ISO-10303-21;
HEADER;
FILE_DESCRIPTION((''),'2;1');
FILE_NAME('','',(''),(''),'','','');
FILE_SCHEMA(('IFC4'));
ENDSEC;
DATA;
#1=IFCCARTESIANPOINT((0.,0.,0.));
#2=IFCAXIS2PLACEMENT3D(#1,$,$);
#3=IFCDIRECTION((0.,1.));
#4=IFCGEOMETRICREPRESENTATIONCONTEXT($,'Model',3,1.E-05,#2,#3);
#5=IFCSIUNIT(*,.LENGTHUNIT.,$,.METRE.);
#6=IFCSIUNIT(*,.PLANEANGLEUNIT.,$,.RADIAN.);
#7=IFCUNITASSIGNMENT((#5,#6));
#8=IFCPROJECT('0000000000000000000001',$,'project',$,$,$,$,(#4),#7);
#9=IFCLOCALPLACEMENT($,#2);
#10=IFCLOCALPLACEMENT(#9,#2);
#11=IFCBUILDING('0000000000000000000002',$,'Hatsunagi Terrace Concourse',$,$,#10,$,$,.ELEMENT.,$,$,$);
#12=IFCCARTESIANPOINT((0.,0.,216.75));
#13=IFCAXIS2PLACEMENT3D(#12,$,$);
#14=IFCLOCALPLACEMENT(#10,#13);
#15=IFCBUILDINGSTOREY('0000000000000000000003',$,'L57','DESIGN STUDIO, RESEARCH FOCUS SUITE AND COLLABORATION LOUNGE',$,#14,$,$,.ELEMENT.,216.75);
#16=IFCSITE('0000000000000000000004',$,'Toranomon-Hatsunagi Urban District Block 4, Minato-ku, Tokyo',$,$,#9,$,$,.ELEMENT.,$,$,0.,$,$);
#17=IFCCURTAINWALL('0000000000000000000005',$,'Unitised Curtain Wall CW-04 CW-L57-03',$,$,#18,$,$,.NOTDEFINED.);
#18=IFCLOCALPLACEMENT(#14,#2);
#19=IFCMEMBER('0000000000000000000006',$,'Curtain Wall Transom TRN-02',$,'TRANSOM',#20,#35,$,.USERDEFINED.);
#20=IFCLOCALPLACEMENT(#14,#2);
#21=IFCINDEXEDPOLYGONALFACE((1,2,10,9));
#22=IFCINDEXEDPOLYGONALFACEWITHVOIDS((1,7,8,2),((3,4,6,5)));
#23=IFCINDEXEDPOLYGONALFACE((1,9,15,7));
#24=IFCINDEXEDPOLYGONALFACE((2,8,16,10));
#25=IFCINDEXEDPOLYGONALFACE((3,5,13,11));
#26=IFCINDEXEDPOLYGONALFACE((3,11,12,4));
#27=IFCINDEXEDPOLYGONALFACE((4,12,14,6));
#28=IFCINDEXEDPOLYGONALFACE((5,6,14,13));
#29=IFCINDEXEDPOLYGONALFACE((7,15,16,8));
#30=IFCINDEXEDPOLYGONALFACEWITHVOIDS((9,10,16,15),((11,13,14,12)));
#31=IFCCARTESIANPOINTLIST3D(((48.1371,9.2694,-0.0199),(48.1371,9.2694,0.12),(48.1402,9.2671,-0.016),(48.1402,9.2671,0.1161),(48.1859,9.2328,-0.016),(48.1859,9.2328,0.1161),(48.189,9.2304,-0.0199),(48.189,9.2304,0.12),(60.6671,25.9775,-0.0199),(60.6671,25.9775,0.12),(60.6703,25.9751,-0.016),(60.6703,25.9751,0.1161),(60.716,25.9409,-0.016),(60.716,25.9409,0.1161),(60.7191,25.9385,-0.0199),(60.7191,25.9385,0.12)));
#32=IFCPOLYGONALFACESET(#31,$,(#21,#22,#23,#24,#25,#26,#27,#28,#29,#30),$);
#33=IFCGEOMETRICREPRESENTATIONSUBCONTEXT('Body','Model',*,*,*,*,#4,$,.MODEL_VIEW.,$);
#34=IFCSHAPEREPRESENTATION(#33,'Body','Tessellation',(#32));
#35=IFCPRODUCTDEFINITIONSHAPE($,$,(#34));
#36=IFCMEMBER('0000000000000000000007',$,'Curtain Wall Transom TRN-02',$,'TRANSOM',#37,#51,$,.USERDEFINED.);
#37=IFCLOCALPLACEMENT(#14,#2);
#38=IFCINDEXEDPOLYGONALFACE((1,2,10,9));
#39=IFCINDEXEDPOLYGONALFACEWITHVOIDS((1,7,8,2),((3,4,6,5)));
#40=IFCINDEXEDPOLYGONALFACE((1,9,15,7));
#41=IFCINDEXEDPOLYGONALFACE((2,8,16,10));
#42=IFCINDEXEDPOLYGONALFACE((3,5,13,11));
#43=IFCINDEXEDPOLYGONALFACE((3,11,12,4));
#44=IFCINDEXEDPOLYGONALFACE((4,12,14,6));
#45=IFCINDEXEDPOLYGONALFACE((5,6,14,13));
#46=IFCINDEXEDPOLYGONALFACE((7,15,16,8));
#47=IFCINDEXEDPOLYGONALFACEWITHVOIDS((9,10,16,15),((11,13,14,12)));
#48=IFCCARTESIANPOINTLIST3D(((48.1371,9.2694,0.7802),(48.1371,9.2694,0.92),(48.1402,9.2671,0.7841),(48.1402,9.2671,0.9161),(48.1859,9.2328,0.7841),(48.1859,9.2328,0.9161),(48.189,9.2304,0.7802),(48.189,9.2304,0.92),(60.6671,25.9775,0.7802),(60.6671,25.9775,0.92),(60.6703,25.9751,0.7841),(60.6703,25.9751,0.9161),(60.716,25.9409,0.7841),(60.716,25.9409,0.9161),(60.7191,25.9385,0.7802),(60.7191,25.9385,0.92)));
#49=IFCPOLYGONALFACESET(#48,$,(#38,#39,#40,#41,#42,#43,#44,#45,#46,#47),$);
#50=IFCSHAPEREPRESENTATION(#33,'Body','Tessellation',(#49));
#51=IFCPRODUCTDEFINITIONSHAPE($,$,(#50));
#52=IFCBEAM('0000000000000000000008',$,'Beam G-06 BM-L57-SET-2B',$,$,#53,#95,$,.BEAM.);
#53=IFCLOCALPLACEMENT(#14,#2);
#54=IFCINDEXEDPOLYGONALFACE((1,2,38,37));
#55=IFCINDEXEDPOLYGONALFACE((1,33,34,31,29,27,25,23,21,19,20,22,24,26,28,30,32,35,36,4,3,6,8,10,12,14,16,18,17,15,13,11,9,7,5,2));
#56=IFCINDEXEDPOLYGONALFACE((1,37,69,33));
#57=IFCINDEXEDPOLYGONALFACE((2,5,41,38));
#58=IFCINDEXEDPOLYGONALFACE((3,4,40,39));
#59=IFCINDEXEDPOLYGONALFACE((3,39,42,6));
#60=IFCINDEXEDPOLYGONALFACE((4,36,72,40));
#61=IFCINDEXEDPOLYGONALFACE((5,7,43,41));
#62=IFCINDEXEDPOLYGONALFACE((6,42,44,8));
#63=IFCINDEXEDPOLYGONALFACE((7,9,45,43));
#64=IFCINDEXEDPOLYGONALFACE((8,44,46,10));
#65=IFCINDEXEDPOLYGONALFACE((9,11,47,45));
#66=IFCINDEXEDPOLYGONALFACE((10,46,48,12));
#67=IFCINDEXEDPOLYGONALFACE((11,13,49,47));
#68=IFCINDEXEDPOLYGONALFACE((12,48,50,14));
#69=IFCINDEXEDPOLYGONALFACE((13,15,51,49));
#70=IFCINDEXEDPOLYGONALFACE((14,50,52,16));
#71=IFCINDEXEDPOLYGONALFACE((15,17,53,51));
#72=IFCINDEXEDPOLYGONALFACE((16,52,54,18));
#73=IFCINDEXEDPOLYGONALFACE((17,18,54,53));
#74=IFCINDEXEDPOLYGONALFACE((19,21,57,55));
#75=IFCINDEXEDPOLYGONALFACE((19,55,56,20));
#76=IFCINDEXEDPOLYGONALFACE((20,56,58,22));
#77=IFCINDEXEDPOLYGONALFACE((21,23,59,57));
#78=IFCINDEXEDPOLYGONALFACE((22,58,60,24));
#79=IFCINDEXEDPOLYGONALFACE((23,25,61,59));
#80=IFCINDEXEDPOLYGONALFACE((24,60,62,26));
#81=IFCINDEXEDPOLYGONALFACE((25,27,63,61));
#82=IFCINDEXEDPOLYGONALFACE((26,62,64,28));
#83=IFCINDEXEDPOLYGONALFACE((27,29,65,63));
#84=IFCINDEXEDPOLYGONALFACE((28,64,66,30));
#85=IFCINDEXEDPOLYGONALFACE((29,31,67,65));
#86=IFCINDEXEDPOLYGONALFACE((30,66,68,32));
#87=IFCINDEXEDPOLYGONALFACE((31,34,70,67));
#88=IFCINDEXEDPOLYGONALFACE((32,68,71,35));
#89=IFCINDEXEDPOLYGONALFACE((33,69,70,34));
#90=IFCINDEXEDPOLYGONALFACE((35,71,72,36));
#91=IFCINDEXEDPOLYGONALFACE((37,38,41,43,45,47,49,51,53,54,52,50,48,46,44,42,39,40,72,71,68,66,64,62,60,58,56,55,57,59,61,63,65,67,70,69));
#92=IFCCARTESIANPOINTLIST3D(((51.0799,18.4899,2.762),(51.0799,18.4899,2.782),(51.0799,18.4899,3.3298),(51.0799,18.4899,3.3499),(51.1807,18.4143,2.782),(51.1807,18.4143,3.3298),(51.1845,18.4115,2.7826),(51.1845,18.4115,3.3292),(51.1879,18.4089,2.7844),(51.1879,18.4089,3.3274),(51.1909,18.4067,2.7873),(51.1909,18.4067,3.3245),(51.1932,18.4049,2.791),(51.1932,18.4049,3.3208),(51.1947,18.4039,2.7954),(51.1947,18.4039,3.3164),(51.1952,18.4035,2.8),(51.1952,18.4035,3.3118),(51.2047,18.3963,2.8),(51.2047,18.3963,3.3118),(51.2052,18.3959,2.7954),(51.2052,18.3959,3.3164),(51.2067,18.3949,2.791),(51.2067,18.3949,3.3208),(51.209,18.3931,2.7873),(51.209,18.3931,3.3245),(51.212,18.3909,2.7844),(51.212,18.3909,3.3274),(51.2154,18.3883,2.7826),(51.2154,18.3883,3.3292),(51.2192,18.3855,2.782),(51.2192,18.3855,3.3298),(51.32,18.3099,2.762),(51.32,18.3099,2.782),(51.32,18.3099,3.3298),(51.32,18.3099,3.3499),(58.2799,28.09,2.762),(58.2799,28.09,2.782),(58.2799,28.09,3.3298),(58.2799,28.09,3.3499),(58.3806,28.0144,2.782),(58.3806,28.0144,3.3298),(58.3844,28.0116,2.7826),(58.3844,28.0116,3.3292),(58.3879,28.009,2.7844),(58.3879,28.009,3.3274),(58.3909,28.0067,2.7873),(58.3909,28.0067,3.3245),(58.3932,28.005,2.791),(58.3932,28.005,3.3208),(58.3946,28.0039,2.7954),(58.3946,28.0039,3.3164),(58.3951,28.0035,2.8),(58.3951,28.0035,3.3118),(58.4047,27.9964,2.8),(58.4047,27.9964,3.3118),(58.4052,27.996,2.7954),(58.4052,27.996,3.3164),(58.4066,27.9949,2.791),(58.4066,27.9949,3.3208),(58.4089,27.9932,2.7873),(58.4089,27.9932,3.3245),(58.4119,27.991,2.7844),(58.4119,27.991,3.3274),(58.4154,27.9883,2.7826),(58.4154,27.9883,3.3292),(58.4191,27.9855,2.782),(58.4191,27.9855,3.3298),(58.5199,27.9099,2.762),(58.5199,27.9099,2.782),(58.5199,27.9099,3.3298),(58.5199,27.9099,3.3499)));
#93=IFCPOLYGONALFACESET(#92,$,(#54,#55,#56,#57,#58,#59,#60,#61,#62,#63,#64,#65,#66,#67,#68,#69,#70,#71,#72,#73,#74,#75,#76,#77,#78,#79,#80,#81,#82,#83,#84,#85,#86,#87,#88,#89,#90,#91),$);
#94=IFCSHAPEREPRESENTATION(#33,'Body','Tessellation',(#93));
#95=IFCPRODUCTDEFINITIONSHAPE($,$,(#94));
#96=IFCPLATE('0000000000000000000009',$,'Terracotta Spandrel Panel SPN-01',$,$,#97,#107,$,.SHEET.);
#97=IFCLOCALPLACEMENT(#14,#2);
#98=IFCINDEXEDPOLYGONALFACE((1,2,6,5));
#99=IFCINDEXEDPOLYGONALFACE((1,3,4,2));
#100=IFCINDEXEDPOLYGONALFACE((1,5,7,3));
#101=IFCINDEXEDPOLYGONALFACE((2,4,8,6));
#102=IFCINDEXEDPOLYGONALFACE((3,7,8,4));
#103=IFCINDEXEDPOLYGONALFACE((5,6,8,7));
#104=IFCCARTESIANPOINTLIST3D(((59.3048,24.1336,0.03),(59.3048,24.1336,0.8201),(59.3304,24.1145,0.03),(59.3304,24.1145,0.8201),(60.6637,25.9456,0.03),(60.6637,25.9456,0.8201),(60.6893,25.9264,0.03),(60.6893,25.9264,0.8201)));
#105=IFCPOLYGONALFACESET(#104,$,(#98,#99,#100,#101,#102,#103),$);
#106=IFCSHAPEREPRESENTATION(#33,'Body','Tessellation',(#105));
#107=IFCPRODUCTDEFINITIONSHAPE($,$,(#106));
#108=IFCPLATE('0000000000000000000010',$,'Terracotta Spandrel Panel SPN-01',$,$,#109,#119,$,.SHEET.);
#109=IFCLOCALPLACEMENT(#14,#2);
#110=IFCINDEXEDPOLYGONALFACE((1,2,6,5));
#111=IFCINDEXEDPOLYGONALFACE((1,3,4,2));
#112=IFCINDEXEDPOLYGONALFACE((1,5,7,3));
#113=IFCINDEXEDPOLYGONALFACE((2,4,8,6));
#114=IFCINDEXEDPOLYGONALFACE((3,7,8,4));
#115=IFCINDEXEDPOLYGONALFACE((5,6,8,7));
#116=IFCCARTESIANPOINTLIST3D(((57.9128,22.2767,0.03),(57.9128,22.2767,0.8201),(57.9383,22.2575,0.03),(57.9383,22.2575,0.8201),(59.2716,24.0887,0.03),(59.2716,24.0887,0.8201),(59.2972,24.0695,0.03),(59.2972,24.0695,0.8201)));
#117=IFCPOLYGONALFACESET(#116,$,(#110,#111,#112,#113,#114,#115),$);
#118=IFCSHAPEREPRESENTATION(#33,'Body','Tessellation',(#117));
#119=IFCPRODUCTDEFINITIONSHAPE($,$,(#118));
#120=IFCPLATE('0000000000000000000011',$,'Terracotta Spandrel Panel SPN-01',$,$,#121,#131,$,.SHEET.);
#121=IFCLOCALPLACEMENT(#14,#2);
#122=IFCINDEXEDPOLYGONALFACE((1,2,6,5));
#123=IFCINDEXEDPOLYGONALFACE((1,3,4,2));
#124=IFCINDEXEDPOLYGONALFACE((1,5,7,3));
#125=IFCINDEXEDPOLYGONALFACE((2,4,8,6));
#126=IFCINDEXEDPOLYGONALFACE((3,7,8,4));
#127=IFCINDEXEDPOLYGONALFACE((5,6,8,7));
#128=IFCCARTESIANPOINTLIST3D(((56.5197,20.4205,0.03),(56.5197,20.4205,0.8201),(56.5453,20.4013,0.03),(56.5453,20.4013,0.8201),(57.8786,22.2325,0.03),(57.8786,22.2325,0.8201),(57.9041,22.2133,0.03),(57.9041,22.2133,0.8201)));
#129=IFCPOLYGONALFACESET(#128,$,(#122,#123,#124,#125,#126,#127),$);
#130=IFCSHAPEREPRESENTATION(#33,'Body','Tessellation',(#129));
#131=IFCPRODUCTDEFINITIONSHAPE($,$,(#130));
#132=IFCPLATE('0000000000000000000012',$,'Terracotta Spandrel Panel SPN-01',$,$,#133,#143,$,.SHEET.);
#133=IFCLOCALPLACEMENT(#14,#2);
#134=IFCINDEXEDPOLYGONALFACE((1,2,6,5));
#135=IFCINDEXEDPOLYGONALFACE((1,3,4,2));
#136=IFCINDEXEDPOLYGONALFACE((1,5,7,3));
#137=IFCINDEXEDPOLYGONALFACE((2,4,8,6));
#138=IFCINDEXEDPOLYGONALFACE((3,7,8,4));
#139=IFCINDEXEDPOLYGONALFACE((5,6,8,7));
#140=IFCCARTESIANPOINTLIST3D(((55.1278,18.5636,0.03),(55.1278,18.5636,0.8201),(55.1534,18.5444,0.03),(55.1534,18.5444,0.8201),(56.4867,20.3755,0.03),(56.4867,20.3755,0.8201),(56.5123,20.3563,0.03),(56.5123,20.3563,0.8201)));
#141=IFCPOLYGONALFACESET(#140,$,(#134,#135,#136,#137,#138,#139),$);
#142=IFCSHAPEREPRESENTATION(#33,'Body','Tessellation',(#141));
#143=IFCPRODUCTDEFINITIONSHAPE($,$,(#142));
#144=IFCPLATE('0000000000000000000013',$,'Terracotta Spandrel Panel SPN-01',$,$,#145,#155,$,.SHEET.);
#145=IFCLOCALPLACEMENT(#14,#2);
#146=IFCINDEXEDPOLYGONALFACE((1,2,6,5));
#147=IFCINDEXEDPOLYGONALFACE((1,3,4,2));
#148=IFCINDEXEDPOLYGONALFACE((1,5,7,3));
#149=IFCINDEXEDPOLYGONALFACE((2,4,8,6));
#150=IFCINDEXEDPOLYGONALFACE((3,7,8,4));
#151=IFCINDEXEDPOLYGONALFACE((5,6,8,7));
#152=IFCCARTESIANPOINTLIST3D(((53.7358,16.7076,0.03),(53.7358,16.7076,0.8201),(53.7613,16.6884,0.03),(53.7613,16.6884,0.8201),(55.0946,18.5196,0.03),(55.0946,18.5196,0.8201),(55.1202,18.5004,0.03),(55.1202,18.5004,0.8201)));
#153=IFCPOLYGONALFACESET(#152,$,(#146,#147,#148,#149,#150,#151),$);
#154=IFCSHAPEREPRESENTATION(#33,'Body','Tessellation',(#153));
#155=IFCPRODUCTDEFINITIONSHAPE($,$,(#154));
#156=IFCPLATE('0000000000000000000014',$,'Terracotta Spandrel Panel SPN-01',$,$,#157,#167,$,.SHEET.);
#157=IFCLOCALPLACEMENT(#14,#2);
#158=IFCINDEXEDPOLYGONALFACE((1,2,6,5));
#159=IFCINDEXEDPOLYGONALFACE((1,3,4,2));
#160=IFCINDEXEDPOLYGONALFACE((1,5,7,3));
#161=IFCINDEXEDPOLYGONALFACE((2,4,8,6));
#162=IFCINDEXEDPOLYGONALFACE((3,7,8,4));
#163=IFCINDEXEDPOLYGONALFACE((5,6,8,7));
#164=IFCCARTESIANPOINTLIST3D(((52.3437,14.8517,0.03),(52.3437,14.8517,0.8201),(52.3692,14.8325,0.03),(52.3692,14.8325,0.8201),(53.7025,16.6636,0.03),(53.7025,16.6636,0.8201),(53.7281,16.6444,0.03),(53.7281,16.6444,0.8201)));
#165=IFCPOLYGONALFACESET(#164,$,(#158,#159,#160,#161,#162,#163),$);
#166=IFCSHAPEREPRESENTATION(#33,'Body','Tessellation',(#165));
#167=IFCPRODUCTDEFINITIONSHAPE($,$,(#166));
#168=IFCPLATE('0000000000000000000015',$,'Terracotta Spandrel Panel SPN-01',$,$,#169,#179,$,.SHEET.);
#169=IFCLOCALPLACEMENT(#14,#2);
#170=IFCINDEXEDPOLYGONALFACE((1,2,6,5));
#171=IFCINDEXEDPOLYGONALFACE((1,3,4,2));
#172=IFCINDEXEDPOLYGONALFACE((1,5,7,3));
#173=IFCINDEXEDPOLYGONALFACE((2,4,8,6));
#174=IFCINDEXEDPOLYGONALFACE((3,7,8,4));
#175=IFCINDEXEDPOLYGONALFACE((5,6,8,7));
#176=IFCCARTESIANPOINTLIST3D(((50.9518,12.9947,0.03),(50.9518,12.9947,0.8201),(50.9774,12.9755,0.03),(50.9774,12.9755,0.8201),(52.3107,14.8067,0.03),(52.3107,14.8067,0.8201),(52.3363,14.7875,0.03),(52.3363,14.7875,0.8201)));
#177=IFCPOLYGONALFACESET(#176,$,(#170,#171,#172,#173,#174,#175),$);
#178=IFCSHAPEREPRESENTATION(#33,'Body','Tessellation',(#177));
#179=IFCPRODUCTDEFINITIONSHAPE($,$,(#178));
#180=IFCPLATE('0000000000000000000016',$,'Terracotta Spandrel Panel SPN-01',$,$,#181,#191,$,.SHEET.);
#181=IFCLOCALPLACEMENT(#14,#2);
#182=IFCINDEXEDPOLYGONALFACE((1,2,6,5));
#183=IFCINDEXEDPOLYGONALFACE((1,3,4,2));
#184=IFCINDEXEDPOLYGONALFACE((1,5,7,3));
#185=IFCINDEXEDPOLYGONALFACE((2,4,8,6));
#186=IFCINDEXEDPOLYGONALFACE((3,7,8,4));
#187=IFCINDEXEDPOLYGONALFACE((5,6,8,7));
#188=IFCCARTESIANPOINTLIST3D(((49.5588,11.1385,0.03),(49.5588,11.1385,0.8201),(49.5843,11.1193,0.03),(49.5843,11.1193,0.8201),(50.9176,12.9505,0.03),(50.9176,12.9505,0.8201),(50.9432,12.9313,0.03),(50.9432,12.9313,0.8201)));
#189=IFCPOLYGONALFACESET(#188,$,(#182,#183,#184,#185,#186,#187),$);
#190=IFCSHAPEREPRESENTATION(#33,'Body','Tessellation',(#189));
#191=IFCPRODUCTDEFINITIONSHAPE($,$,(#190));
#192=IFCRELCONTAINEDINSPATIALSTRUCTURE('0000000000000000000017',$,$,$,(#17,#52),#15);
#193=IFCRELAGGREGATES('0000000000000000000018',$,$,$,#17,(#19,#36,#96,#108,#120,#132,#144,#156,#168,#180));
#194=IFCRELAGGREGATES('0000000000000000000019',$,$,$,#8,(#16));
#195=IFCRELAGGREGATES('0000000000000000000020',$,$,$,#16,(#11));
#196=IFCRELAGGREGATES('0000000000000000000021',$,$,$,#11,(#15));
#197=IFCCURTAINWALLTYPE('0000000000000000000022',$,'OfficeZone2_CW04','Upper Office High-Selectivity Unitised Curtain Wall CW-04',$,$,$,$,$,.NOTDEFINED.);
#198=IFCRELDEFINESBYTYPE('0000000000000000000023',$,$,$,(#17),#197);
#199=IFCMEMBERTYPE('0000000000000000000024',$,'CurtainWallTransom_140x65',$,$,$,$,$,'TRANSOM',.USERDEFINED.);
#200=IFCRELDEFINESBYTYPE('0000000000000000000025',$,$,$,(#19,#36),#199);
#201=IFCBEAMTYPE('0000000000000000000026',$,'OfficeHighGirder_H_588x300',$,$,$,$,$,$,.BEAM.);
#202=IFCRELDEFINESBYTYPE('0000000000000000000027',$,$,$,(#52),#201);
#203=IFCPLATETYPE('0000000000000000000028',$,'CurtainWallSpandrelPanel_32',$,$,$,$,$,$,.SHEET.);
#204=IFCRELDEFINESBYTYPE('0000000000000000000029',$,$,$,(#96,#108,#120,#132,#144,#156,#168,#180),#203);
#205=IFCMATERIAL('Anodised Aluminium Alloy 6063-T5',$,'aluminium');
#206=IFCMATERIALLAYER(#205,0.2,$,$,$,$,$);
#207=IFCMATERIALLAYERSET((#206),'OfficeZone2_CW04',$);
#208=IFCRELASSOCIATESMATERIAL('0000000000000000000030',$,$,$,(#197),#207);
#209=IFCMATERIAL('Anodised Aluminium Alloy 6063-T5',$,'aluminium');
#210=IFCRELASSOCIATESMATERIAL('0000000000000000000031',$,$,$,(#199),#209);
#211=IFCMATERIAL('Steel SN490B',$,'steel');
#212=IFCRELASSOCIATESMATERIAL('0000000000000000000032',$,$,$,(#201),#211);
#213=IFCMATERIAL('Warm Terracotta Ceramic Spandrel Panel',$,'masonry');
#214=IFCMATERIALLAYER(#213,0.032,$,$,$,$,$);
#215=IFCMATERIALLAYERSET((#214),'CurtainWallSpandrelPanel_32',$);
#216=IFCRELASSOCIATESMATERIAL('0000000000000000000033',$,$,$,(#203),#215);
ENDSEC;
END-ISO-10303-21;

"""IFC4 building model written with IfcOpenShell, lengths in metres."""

from ifc_helpers import new_model, si_unit, direction, frame, origin, origin_2d, place, context, subcontext, project, spatial, rectangle, hollow_rectangle, i_section, extrude, material, layer, layer_set, material_profile, profile_set, type_object, element, aggregate, save


model = new_model("IFC4")

# Units and contexts
model_context = context("Model", 3, precision=1e-05, world=origin(), true_north=direction((0.0, 1.0)))
body_context = subcontext(model_context, "Body", "Model", "MODEL_VIEW")
ifc_project = project(units=[si_unit("LENGTHUNIT", "METRE"), si_unit("PLANEANGLEUNIT", "RADIAN")], contexts=[model_context])

# Site, building, storey
site_placement = place(None, origin())
site = spatial("IfcSite", under=ifc_project, at=site_placement, Name="Toranomon-Hatsunagi Urban District Block 4, Minato-ku, Tokyo", CompositionType="ELEMENT", RefElevation=0.0)
building_placement = place(site_placement, origin())
building = spatial("IfcBuilding", under=site, at=building_placement, Name="Hatsunagi Terrace Concourse", CompositionType="ELEMENT")
storey_placement = place(building_placement, frame((0.0, 0.0, 216.75)))
storey = spatial("IfcBuildingStorey", under=building, at=storey_placement, Name="L57", Description="DESIGN STUDIO, RESEARCH FOCUS SUITE AND COLLABORATION LOUNGE", CompositionType="ELEMENT", Elevation=216.75)

# Curtain wall, members
ifc_material_1 = material(Name="Anodised Aluminium Alloy 6063-T5", Category="aluminium")
ifc_layer_1 = layer(ifc_material_1, 0.2)
ifc_layer_set_1 = layer_set([ifc_layer_1], Name="OfficeZone2_CW04")
curtain_wall_type = type_object("IfcCurtainWallType", Name="OfficeZone2_CW04", Description="Upper Office High-Selectivity Unitised Curtain Wall CW-04", PredefinedType="NOTDEFINED", material=ifc_layer_set_1)
curtain_wall_placement = place(storey_placement, origin())
curtain_wall = element("IfcCurtainWall", 1, at=curtain_wall_placement, inside=storey, type_object=curtain_wall_type, Name="Unitised Curtain Wall CW-04 CW-L57-03", PredefinedType="NOTDEFINED")
ifc_material_2 = material(Name="Anodised Aluminium Alloy 6063-T5", Category="aluminium")
ifc_material_profile_1 = material_profile(ifc_material_2, hollow_rectangle(XDim=0.0649, YDim=0.1399, WallThickness=0.0039, at=origin_2d()), Name="ALU-TRN-140x65x4")
ifc_profile_set_1 = profile_set([ifc_material_profile_1], Name="Anodised Aluminium Alloy 6063-T5")
member_type_1 = type_object("IfcMemberType", Name="CurtainWallTransom_140x65", ElementType="TRANSOM", PredefinedType="USERDEFINED", material=ifc_profile_set_1)
member_1_placement = place(storey_placement, frame((60.6931, 25.958, 0.05), z_axis=(-0.59997, -0.800022, 0.0), x_axis=(0.800022, -0.59997, 0.0)))
member_1 = element("IfcMember", 2, at=member_1_placement, type_object=member_type_1, Name="Curtain Wall Transom TRN-02", ObjectType="TRANSOM", PredefinedType="USERDEFINED", context=body_context, shape_type="SweptSolid", body=[
    extrude(hollow_rectangle(XDim=0.0649, YDim=0.1399, WallThickness=0.0039, at=origin_2d()), origin(), (0.0, 0.0, 1.0), 20.8845),
])
member_2_placement = place(storey_placement, frame((60.6931, 25.958, 0.8501), z_axis=(-0.59997, -0.800022, 0.0), x_axis=(0.800022, -0.59997, 0.0)))
member_2 = element("IfcMember", 3, at=member_2_placement, type_object=member_type_1, Name="Curtain Wall Transom TRN-02", ObjectType="TRANSOM", PredefinedType="USERDEFINED", context=body_context, shape_type="SweptSolid", body=[
    extrude(hollow_rectangle(XDim=0.0649, YDim=0.1399, WallThickness=0.0039, at=origin_2d()), origin(), (0.0, 0.0, 1.0), 20.8845),
])

# Beam
ifc_material_3 = material(Name="Steel SN490B", Category="steel")
ifc_material_profile_2 = material_profile(ifc_material_3, i_section(OverallWidth=0.3, OverallDepth=0.5879, WebThickness=0.012, FlangeThickness=0.02, FilletRadius=0.0181, at=origin_2d()), Name="H-588x300x12x20")
ifc_profile_set_2 = profile_set([ifc_material_profile_2], Name="Steel SN490B")
beam_type = type_object("IfcBeamType", Name="OfficeHighGirder_H_588x300", PredefinedType="BEAM", material=ifc_profile_set_2)
beam_placement = place(storey_placement, frame((51.2, 18.3999, 3.0559), z_axis=(0.599993, 0.800005, 0.0), x_axis=(-0.800005, 0.599993, 0.0)))
element("IfcBeam", 4, at=beam_placement, inside=storey, type_object=beam_type, Name="Beam G-06 BM-L57-SET-2B", PredefinedType="BEAM", context=body_context, shape_type="SweptSolid", body=[
    extrude(i_section(OverallWidth=0.3, OverallDepth=0.5879, WebThickness=0.012, FlangeThickness=0.02, FilletRadius=0.0181, at=origin_2d()), origin(), (0.0, 0.0, 1.0), 12.0),
])

# Plates
ifc_material_4 = material(Name="Warm Terracotta Ceramic Spandrel Panel", Category="masonry")
ifc_layer_2 = layer(ifc_material_4, 0.032)
ifc_layer_set_2 = layer_set([ifc_layer_2], Name="CurtainWallSpandrelPanel_32")
plate_type_1 = type_object("IfcPlateType", Name="CurtainWallSpandrelPanel_32", PredefinedType="SHEET", material=ifc_layer_set_2)
plate_1_placement = place(storey_placement, frame((59.9971, 25.03, 0.03), z_axis=(0.0, 0.0, 1.0), x_axis=(-0.599969, -0.800023, 0.0)))
plate_1 = element("IfcPlate", 5, at=plate_1_placement, type_object=plate_type_1, Name="Terracotta Spandrel Panel SPN-01", PredefinedType="SHEET", context=body_context, shape_type="SweptSolid", body=[
    extrude(rectangle(XDim=2.2649, YDim=0.032, at=origin_2d()), origin(), (0.0, 0.0, 1.0), 0.79),
])
plate_2_placement = place(storey_placement, frame((58.605, 23.1731, 0.03), z_axis=(0.0, 0.0, 1.0), x_axis=(-0.599969, -0.800023, 0.0)))
plate_2 = element("IfcPlate", 6, at=plate_2_placement, type_object=plate_type_1, Name="Terracotta Spandrel Panel SPN-01", PredefinedType="SHEET", context=body_context, shape_type="SweptSolid", body=[
    extrude(rectangle(XDim=2.2649, YDim=0.032, at=origin_2d()), origin(), (0.0, 0.0, 1.0), 0.79),
])
plate_3_placement = place(storey_placement, frame((57.2119, 21.3169, 0.03), z_axis=(0.0, 0.0, 1.0), x_axis=(-0.599969, -0.800023, 0.0)))
plate_3 = element("IfcPlate", 7, at=plate_3_placement, type_object=plate_type_1, Name="Terracotta Spandrel Panel SPN-01", PredefinedType="SHEET", context=body_context, shape_type="SweptSolid", body=[
    extrude(rectangle(XDim=2.2649, YDim=0.032, at=origin_2d()), origin(), (0.0, 0.0, 1.0), 0.79),
])
plate_4_placement = place(storey_placement, frame((55.8201, 19.46, 0.03), z_axis=(0.0, 0.0, 1.0), x_axis=(-0.599969, -0.800023, 0.0)))
plate_4 = element("IfcPlate", 8, at=plate_4_placement, type_object=plate_type_1, Name="Terracotta Spandrel Panel SPN-01", PredefinedType="SHEET", context=body_context, shape_type="SweptSolid", body=[
    extrude(rectangle(XDim=2.2649, YDim=0.032, at=origin_2d()), origin(), (0.0, 0.0, 1.0), 0.79),
])
plate_5_placement = place(storey_placement, frame((54.428, 17.604, 0.03), z_axis=(0.0, 0.0, 1.0), x_axis=(-0.599969, -0.800023, 0.0)))
plate_5 = element("IfcPlate", 9, at=plate_5_placement, type_object=plate_type_1, Name="Terracotta Spandrel Panel SPN-01", PredefinedType="SHEET", context=body_context, shape_type="SweptSolid", body=[
    extrude(rectangle(XDim=2.2649, YDim=0.032, at=origin_2d()), origin(), (0.0, 0.0, 1.0), 0.79),
])
plate_6_placement = place(storey_placement, frame((53.0359, 15.748, 0.03), z_axis=(0.0, 0.0, 1.0), x_axis=(-0.599969, -0.800023, 0.0)))
plate_6 = element("IfcPlate", 10, at=plate_6_placement, type_object=plate_type_1, Name="Terracotta Spandrel Panel SPN-01", PredefinedType="SHEET", context=body_context, shape_type="SweptSolid", body=[
    extrude(rectangle(XDim=2.2649, YDim=0.032, at=origin_2d()), origin(), (0.0, 0.0, 1.0), 0.79),
])
plate_7_placement = place(storey_placement, frame((51.644, 13.8911, 0.03), z_axis=(0.0, 0.0, 1.0), x_axis=(-0.599969, -0.800023, 0.0)))
plate_7 = element("IfcPlate", 11, at=plate_7_placement, type_object=plate_type_1, Name="Terracotta Spandrel Panel SPN-01", PredefinedType="SHEET", context=body_context, shape_type="SweptSolid", body=[
    extrude(rectangle(XDim=2.2649, YDim=0.032, at=origin_2d()), origin(), (0.0, 0.0, 1.0), 0.79),
])
plate_8_placement = place(storey_placement, frame((50.251, 12.0349, 0.03), z_axis=(0.0, 0.0, 1.0), x_axis=(-0.599969, -0.800023, 0.0)))
plate_8 = element("IfcPlate", 12, at=plate_8_placement, type_object=plate_type_1, Name="Terracotta Spandrel Panel SPN-01", PredefinedType="SHEET", context=body_context, shape_type="SweptSolid", body=[
    extrude(rectangle(XDim=2.2649, YDim=0.032, at=origin_2d()), origin(), (0.0, 0.0, 1.0), 0.79),
])
aggregate(curtain_wall, [member_1, member_2, plate_1, plate_2, plate_3, plate_4, plate_5, plate_6, plate_7, plate_8])

save(model, "model.ifc")
